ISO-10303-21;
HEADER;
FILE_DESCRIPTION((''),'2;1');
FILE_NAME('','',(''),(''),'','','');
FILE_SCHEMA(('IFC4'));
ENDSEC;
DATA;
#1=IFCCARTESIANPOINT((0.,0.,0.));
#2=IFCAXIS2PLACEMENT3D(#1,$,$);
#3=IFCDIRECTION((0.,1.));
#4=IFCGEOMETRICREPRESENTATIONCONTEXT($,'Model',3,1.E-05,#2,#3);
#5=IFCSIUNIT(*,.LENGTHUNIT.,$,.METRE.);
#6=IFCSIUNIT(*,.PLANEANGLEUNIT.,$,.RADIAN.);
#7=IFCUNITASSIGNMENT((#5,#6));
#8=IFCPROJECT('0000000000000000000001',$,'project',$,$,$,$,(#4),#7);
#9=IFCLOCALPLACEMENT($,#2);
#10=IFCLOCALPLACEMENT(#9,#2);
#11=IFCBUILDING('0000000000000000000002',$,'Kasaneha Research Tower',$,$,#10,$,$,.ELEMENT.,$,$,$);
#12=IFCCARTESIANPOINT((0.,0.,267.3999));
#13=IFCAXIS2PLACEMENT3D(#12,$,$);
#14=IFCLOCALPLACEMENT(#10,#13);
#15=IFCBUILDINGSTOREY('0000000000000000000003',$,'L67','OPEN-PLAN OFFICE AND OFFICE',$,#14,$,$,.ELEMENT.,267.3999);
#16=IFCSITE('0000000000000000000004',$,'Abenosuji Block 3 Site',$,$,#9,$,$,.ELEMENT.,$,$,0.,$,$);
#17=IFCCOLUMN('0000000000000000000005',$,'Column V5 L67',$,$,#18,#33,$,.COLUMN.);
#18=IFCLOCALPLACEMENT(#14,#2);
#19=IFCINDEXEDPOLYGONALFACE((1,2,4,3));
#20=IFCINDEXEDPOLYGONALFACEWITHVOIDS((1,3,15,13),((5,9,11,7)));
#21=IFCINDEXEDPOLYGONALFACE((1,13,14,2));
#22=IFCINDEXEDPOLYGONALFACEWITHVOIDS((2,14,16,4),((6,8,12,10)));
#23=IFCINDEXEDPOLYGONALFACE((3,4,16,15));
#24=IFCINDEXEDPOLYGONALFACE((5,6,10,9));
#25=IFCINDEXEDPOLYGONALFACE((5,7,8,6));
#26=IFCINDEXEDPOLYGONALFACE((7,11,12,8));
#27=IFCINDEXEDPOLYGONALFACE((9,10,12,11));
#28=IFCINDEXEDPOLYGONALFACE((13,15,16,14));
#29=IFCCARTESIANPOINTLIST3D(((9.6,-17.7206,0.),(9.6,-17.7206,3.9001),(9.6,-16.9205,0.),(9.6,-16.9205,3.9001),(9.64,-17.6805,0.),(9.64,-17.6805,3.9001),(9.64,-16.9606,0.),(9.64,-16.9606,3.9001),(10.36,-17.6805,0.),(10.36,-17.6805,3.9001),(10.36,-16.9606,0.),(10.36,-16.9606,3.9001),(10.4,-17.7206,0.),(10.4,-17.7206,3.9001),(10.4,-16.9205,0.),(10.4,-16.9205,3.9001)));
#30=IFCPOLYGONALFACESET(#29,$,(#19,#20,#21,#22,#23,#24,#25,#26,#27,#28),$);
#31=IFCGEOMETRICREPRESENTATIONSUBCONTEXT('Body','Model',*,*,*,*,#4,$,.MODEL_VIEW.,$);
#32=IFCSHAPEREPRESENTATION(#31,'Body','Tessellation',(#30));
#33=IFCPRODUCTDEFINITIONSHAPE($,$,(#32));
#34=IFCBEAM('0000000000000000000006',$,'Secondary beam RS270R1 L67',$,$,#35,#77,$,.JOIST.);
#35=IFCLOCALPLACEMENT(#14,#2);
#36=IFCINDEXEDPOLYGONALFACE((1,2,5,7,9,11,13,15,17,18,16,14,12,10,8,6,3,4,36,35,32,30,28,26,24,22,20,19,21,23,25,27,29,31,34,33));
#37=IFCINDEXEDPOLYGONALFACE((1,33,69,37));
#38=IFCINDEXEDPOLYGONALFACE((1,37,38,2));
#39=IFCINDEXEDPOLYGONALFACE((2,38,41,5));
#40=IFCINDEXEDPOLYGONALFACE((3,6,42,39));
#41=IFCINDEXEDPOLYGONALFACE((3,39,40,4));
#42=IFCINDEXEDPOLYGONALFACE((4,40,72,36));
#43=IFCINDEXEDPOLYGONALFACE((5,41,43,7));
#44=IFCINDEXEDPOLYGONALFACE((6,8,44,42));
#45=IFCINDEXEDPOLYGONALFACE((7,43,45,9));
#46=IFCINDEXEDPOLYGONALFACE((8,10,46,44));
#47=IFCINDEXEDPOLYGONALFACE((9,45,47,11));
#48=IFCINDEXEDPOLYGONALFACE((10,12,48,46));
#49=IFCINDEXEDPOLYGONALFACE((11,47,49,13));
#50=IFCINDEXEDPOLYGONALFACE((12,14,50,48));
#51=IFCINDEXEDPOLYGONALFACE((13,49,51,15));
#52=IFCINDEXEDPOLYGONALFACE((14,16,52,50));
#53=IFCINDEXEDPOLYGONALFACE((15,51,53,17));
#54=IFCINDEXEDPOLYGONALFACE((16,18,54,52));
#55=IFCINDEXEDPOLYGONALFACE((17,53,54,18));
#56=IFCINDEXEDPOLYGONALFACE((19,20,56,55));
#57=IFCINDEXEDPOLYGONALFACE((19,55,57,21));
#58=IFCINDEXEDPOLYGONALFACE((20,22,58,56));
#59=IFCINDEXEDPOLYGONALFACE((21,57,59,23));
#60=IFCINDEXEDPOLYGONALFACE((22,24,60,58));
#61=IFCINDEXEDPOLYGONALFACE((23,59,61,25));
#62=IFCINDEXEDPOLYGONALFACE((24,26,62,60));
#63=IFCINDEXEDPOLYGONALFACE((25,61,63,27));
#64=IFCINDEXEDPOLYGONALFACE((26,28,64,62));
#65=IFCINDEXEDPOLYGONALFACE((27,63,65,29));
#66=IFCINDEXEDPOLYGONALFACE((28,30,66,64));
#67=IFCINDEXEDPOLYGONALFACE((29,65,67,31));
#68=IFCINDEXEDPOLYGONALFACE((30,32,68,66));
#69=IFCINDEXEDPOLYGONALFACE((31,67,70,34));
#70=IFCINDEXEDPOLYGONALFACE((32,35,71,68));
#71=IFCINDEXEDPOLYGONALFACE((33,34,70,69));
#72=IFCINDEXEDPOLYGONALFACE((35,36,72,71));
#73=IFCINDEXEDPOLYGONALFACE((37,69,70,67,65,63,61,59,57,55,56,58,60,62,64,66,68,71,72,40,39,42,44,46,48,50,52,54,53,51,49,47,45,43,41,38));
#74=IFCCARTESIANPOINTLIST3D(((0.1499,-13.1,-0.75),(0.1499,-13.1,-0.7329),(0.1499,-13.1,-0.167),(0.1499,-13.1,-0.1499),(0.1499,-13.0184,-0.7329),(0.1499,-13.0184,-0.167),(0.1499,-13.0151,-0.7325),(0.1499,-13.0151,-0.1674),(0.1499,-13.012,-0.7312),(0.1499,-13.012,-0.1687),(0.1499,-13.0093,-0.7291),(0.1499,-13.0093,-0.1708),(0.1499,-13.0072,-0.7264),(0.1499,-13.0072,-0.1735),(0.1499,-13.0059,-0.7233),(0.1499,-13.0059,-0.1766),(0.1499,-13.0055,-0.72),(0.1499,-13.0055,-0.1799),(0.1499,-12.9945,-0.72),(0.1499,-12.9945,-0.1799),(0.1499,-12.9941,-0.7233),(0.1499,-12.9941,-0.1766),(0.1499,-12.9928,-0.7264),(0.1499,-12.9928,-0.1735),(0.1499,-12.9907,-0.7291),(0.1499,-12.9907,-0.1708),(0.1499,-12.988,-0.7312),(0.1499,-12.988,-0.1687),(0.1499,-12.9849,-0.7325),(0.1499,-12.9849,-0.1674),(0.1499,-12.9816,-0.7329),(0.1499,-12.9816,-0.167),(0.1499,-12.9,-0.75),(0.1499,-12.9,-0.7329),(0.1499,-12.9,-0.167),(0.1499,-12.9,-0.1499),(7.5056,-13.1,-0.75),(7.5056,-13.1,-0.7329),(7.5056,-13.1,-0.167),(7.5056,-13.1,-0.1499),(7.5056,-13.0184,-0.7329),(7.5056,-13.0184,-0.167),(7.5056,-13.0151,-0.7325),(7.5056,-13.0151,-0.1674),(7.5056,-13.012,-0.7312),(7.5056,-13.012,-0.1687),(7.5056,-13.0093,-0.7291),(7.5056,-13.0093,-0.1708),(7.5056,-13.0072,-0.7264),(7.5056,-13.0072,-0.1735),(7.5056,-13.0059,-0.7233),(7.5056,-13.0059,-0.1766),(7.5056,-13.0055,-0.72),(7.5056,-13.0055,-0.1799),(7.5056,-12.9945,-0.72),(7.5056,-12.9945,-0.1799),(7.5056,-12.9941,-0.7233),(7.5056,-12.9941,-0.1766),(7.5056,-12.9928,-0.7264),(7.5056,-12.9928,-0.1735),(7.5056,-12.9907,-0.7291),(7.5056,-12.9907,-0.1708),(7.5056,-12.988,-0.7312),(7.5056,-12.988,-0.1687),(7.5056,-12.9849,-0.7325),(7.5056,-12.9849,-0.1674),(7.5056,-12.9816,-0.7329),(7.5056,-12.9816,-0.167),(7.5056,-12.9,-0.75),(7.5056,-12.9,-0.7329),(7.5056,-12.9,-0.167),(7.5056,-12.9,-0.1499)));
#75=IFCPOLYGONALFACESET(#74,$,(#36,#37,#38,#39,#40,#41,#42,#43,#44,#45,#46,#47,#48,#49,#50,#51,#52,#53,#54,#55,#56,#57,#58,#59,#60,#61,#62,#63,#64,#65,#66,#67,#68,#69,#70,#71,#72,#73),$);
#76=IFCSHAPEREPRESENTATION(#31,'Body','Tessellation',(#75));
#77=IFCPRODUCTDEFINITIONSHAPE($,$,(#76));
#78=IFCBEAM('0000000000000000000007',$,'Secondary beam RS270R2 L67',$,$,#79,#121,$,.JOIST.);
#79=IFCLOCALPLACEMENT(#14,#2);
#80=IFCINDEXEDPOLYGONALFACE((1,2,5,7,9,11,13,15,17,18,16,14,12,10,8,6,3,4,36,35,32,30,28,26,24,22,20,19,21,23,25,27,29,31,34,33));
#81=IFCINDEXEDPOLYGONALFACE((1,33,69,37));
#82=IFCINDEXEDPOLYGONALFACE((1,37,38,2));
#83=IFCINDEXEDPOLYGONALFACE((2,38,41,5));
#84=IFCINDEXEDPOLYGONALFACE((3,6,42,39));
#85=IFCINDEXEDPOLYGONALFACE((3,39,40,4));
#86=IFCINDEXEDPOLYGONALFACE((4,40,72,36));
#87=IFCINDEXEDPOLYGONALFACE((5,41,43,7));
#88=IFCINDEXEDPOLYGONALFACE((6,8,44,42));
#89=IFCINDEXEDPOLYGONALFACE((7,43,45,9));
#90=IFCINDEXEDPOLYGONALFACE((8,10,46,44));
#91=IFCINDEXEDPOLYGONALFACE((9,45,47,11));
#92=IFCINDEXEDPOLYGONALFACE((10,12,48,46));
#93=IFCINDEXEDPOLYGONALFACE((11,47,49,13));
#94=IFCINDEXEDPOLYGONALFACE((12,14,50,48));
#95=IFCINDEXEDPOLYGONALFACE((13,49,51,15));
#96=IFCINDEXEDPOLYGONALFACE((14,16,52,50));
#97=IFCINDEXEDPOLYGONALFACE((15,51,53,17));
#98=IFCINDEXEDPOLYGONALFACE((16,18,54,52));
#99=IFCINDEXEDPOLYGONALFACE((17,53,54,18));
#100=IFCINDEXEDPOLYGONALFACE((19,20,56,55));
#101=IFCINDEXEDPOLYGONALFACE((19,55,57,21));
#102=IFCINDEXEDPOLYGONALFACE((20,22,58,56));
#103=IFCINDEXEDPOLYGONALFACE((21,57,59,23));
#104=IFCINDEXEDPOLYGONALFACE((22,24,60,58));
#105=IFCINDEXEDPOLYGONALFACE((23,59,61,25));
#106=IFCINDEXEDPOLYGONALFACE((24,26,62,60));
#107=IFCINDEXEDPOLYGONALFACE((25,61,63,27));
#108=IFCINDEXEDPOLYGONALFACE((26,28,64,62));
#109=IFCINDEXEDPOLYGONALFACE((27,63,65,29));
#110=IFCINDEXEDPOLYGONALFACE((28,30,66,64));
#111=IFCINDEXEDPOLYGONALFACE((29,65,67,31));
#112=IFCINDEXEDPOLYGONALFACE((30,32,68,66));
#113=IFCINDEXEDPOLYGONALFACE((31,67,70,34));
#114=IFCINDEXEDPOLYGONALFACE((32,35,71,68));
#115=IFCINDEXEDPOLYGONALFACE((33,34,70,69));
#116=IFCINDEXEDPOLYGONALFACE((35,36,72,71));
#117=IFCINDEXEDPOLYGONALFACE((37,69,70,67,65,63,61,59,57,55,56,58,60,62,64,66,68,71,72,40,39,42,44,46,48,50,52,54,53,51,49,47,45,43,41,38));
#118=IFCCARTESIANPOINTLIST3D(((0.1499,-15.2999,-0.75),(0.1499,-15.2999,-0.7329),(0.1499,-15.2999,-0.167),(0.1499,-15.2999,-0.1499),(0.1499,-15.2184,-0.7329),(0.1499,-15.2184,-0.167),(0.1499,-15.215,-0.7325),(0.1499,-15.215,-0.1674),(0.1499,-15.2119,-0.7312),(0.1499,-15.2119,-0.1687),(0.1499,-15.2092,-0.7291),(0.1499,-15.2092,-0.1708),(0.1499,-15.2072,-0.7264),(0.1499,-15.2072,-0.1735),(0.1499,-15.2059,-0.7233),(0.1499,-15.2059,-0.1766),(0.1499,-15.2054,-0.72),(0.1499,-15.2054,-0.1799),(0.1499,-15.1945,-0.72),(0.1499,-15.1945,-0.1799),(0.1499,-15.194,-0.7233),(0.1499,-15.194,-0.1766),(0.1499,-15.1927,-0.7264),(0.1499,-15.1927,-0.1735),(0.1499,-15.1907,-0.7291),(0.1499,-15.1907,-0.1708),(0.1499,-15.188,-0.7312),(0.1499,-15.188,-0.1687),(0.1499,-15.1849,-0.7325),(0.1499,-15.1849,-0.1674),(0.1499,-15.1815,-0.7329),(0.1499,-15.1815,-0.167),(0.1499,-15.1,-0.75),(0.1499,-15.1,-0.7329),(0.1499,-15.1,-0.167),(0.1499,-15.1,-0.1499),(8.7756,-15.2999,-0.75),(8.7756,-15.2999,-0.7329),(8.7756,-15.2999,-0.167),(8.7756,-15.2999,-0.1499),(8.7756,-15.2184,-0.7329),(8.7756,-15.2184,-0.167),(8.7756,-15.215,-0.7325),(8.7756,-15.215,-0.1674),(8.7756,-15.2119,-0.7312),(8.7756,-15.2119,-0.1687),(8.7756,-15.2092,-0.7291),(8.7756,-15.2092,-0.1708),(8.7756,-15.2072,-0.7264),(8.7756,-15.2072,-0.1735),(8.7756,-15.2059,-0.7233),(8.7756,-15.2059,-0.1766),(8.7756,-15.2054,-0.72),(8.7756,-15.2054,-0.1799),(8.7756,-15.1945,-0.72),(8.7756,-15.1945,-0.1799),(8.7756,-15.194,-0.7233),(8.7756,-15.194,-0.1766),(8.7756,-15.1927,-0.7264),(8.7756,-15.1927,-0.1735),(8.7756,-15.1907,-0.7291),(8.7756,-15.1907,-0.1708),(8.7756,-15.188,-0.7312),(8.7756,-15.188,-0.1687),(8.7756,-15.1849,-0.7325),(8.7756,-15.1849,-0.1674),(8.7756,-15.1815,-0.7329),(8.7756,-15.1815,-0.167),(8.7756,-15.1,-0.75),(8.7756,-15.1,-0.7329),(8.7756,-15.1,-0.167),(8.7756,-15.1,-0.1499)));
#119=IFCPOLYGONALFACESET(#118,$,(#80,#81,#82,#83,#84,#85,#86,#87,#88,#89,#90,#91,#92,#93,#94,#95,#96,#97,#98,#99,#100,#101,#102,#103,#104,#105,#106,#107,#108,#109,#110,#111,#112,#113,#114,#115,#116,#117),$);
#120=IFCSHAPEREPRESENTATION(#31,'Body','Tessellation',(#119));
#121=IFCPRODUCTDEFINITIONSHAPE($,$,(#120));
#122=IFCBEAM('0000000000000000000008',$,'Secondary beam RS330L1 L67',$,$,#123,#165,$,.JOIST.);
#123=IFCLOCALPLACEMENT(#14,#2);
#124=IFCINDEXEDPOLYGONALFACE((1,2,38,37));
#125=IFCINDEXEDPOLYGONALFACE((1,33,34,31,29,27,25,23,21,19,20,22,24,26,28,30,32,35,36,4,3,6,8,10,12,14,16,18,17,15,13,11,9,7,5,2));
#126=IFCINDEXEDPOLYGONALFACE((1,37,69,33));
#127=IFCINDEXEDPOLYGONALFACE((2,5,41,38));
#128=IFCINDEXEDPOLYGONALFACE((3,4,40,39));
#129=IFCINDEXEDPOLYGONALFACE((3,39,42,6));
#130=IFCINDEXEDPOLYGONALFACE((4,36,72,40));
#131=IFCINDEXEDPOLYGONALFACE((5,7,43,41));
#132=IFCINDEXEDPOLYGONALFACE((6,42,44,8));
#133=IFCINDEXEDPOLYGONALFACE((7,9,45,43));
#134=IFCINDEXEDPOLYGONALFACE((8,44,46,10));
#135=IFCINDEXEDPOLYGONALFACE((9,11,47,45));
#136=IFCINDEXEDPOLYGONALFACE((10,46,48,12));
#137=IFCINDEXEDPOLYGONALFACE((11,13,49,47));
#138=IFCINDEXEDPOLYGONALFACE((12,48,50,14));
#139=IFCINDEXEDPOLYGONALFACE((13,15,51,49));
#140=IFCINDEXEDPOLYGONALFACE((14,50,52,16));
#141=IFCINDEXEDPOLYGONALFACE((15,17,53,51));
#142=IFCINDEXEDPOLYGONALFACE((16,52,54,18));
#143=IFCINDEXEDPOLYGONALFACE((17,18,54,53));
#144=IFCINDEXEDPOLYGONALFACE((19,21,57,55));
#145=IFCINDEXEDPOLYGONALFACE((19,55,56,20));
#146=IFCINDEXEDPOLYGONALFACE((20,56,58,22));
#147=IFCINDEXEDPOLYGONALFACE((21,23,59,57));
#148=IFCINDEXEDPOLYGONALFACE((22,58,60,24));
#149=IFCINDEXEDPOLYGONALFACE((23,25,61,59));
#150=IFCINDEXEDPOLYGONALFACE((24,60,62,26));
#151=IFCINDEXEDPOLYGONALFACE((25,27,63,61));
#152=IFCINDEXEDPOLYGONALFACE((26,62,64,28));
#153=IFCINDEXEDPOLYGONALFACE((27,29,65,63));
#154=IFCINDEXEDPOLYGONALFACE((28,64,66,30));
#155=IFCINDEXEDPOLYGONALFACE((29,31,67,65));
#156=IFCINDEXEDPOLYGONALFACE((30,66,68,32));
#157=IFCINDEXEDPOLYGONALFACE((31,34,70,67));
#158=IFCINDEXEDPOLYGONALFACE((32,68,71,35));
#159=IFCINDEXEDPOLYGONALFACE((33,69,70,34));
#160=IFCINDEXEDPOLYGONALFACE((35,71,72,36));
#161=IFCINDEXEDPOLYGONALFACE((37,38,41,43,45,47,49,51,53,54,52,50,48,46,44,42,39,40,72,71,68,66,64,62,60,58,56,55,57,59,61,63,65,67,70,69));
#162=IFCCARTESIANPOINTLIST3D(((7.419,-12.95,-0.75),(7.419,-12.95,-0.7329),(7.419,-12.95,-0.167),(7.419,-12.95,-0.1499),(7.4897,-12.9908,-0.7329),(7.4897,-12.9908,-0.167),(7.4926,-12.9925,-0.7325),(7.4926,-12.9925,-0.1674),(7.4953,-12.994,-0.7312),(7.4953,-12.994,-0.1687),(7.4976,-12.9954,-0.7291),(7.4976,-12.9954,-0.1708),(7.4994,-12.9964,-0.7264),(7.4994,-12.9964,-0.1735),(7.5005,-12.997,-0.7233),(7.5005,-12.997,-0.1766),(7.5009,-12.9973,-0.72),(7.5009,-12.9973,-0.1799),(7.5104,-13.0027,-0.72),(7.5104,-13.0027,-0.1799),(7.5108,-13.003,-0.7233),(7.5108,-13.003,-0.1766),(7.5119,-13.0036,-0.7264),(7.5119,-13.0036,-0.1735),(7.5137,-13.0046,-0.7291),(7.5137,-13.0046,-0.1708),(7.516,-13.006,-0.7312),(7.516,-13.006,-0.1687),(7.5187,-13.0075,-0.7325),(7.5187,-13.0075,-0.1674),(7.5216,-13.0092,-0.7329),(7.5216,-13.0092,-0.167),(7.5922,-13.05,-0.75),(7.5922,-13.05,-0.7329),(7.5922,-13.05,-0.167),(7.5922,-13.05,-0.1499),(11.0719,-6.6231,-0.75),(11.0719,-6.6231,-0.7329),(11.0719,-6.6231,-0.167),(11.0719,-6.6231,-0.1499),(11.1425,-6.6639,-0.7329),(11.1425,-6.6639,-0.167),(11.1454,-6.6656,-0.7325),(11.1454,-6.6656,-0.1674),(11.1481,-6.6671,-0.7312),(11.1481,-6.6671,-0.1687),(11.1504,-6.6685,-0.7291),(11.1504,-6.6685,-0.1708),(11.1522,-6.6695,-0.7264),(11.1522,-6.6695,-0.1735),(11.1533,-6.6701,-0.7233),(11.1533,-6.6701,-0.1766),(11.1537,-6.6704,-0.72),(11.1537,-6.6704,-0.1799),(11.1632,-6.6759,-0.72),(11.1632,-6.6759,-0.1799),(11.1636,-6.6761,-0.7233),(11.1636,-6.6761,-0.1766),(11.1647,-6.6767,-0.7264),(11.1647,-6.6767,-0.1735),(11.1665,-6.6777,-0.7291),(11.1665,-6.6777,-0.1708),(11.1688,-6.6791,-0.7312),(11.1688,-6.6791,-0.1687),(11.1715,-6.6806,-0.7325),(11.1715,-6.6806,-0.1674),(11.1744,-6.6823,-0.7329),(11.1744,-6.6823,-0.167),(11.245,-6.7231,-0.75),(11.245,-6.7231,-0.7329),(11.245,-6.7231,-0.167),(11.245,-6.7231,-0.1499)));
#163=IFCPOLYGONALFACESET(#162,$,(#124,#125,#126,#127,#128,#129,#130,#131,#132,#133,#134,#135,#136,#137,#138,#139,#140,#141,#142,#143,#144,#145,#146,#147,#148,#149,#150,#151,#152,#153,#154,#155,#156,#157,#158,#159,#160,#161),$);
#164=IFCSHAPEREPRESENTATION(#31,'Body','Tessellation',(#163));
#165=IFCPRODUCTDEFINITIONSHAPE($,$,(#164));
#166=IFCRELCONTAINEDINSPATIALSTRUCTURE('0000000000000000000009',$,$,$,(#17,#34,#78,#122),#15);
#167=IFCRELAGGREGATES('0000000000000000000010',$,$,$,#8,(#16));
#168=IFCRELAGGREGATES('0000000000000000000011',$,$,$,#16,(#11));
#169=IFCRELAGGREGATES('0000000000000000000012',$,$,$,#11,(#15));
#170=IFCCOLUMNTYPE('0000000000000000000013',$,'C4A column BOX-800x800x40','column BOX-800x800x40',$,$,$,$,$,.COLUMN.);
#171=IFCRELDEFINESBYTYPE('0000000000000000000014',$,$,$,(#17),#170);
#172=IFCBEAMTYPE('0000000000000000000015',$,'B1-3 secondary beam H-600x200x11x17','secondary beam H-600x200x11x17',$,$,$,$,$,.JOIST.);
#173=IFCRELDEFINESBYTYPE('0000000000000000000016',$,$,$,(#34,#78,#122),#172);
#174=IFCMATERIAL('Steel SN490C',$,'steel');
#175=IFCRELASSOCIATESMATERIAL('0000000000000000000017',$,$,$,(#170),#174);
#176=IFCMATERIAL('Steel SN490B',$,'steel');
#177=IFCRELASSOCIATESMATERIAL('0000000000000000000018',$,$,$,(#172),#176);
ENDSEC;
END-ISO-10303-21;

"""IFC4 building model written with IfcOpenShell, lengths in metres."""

from ifc_helpers import new_model, si_unit, direction, frame, origin, origin_2d, place, context, subcontext, project, spatial, hollow_rectangle, i_section, extrude, material, material_profile, profile_set, type_object, element, save


model = new_model("IFC4")

# Units and contexts
model_context = context("Model", 3, precision=1e-05, world=origin(), true_north=direction((0.0, 1.0)))
body_context = subcontext(model_context, "Body", "Model", "MODEL_VIEW")
ifc_project = project(units=[si_unit("LENGTHUNIT", "METRE"), si_unit("PLANEANGLEUNIT", "RADIAN")], contexts=[model_context])

# Site, building, storey
site_placement = place(None, origin())
site = spatial("IfcSite", under=ifc_project, at=site_placement, Name="Abenosuji Block 3 Site", CompositionType="ELEMENT", RefElevation=0.0)
building_placement = place(site_placement, origin())
building = spatial("IfcBuilding", under=site, at=building_placement, Name="Kasaneha Research Tower", CompositionType="ELEMENT")
storey_placement = place(building_placement, frame((0.0, 0.0, 267.3999)))
storey = spatial("IfcBuildingStorey", under=building, at=storey_placement, Name="L67", Description="OPEN-PLAN OFFICE AND OFFICE", CompositionType="ELEMENT", Elevation=267.3999)

# Column
ifc_material_1 = material(Name="Steel SN490C", Category="steel")
ifc_material_profile_1 = material_profile(ifc_material_1, hollow_rectangle(XDim=0.8, YDim=0.8, WallThickness=0.04, at=origin_2d()), Name="BOX-800x800x40")
ifc_profile_set_1 = profile_set([ifc_material_profile_1], Name="Steel SN490C")
column_type = type_object("IfcColumnType", Name="C4A column BOX-800x800x40", Description="column BOX-800x800x40", PredefinedType="COLUMN", material=ifc_profile_set_1)
column_placement = place(storey_placement, frame((10.0, -17.3206, 0.0), z_axis=(0.0, 0.0, 1.0), x_axis=(1.0, 0.0, 0.0)))
element("IfcColumn", 1, at=column_placement, inside=storey, type_object=column_type, Name="Column V5 L67", PredefinedType="COLUMN", context=body_context, shape_type="SweptSolid", body=[
    extrude(hollow_rectangle(XDim=0.8, YDim=0.8, WallThickness=0.04, at=origin_2d()), origin(), (0.0, 0.0, 1.0), 3.9001),
])

# Beams
ifc_material_2 = material(Name="Steel SN490B", Category="steel")
ifc_material_profile_2 = material_profile(ifc_material_2, i_section(OverallWidth=0.2, OverallDepth=0.6001, WebThickness=0.011, FlangeThickness=0.0171, FilletRadius=0.0129, at=origin_2d()), Name="H-600x200x11x17")
ifc_profile_set_2 = profile_set([ifc_material_profile_2], Name="Steel SN490B")
beam_type_1 = type_object("IfcBeamType", Name="B1-3 secondary beam H-600x200x11x17", Description="secondary beam H-600x200x11x17", PredefinedType="JOIST", material=ifc_profile_set_2)
beam_1_placement = place(storey_placement, frame((7.5056, -13.0, -0.45), z_axis=(-1.0, 0.0, 0.0), x_axis=(0.0, -1.0, 0.0)))
element("IfcBeam", 2, at=beam_1_placement, inside=storey, type_object=beam_type_1, Name="Secondary beam RS270R1 L67", PredefinedType="JOIST", context=body_context, shape_type="SweptSolid", body=[
    extrude(i_section(OverallWidth=0.2, OverallDepth=0.6001, WebThickness=0.011, FlangeThickness=0.0171, FilletRadius=0.0129, at=origin_2d()), origin(), (0.0, 0.0, 1.0), 7.3557),
])
beam_2_placement = place(storey_placement, frame((8.7756, -15.2, -0.45), z_axis=(-1.0, 0.0, 0.0), x_axis=(0.0, -1.0, 0.0)))
element("IfcBeam", 3, at=beam_2_placement, inside=storey, type_object=beam_type_1, Name="Secondary beam RS270R2 L67", PredefinedType="JOIST", context=body_context, shape_type="SweptSolid", body=[
    extrude(i_section(OverallWidth=0.2, OverallDepth=0.6001, WebThickness=0.011, FlangeThickness=0.0171, FilletRadius=0.0129, at=origin_2d()), origin(), (0.0, 0.0, 1.0), 8.6257),
])
beam_3_placement = place(storey_placement, frame((7.5056, -13.0, -0.45), z_axis=(0.499999, 0.866026, 0.0), x_axis=(-0.866026, 0.499999, 0.0)))
element("IfcBeam", 4, at=beam_3_placement, inside=storey, type_object=beam_type_1, Name="Secondary beam RS330L1 L67", PredefinedType="JOIST", context=body_context, shape_type="SweptSolid", body=[
    extrude(i_section(OverallWidth=0.2, OverallDepth=0.6001, WebThickness=0.011, FlangeThickness=0.0171, FilletRadius=0.0129, at=origin_2d()), origin(), (0.0, 0.0, 1.0), 7.3057),
])

save(model, "model.ifc")
